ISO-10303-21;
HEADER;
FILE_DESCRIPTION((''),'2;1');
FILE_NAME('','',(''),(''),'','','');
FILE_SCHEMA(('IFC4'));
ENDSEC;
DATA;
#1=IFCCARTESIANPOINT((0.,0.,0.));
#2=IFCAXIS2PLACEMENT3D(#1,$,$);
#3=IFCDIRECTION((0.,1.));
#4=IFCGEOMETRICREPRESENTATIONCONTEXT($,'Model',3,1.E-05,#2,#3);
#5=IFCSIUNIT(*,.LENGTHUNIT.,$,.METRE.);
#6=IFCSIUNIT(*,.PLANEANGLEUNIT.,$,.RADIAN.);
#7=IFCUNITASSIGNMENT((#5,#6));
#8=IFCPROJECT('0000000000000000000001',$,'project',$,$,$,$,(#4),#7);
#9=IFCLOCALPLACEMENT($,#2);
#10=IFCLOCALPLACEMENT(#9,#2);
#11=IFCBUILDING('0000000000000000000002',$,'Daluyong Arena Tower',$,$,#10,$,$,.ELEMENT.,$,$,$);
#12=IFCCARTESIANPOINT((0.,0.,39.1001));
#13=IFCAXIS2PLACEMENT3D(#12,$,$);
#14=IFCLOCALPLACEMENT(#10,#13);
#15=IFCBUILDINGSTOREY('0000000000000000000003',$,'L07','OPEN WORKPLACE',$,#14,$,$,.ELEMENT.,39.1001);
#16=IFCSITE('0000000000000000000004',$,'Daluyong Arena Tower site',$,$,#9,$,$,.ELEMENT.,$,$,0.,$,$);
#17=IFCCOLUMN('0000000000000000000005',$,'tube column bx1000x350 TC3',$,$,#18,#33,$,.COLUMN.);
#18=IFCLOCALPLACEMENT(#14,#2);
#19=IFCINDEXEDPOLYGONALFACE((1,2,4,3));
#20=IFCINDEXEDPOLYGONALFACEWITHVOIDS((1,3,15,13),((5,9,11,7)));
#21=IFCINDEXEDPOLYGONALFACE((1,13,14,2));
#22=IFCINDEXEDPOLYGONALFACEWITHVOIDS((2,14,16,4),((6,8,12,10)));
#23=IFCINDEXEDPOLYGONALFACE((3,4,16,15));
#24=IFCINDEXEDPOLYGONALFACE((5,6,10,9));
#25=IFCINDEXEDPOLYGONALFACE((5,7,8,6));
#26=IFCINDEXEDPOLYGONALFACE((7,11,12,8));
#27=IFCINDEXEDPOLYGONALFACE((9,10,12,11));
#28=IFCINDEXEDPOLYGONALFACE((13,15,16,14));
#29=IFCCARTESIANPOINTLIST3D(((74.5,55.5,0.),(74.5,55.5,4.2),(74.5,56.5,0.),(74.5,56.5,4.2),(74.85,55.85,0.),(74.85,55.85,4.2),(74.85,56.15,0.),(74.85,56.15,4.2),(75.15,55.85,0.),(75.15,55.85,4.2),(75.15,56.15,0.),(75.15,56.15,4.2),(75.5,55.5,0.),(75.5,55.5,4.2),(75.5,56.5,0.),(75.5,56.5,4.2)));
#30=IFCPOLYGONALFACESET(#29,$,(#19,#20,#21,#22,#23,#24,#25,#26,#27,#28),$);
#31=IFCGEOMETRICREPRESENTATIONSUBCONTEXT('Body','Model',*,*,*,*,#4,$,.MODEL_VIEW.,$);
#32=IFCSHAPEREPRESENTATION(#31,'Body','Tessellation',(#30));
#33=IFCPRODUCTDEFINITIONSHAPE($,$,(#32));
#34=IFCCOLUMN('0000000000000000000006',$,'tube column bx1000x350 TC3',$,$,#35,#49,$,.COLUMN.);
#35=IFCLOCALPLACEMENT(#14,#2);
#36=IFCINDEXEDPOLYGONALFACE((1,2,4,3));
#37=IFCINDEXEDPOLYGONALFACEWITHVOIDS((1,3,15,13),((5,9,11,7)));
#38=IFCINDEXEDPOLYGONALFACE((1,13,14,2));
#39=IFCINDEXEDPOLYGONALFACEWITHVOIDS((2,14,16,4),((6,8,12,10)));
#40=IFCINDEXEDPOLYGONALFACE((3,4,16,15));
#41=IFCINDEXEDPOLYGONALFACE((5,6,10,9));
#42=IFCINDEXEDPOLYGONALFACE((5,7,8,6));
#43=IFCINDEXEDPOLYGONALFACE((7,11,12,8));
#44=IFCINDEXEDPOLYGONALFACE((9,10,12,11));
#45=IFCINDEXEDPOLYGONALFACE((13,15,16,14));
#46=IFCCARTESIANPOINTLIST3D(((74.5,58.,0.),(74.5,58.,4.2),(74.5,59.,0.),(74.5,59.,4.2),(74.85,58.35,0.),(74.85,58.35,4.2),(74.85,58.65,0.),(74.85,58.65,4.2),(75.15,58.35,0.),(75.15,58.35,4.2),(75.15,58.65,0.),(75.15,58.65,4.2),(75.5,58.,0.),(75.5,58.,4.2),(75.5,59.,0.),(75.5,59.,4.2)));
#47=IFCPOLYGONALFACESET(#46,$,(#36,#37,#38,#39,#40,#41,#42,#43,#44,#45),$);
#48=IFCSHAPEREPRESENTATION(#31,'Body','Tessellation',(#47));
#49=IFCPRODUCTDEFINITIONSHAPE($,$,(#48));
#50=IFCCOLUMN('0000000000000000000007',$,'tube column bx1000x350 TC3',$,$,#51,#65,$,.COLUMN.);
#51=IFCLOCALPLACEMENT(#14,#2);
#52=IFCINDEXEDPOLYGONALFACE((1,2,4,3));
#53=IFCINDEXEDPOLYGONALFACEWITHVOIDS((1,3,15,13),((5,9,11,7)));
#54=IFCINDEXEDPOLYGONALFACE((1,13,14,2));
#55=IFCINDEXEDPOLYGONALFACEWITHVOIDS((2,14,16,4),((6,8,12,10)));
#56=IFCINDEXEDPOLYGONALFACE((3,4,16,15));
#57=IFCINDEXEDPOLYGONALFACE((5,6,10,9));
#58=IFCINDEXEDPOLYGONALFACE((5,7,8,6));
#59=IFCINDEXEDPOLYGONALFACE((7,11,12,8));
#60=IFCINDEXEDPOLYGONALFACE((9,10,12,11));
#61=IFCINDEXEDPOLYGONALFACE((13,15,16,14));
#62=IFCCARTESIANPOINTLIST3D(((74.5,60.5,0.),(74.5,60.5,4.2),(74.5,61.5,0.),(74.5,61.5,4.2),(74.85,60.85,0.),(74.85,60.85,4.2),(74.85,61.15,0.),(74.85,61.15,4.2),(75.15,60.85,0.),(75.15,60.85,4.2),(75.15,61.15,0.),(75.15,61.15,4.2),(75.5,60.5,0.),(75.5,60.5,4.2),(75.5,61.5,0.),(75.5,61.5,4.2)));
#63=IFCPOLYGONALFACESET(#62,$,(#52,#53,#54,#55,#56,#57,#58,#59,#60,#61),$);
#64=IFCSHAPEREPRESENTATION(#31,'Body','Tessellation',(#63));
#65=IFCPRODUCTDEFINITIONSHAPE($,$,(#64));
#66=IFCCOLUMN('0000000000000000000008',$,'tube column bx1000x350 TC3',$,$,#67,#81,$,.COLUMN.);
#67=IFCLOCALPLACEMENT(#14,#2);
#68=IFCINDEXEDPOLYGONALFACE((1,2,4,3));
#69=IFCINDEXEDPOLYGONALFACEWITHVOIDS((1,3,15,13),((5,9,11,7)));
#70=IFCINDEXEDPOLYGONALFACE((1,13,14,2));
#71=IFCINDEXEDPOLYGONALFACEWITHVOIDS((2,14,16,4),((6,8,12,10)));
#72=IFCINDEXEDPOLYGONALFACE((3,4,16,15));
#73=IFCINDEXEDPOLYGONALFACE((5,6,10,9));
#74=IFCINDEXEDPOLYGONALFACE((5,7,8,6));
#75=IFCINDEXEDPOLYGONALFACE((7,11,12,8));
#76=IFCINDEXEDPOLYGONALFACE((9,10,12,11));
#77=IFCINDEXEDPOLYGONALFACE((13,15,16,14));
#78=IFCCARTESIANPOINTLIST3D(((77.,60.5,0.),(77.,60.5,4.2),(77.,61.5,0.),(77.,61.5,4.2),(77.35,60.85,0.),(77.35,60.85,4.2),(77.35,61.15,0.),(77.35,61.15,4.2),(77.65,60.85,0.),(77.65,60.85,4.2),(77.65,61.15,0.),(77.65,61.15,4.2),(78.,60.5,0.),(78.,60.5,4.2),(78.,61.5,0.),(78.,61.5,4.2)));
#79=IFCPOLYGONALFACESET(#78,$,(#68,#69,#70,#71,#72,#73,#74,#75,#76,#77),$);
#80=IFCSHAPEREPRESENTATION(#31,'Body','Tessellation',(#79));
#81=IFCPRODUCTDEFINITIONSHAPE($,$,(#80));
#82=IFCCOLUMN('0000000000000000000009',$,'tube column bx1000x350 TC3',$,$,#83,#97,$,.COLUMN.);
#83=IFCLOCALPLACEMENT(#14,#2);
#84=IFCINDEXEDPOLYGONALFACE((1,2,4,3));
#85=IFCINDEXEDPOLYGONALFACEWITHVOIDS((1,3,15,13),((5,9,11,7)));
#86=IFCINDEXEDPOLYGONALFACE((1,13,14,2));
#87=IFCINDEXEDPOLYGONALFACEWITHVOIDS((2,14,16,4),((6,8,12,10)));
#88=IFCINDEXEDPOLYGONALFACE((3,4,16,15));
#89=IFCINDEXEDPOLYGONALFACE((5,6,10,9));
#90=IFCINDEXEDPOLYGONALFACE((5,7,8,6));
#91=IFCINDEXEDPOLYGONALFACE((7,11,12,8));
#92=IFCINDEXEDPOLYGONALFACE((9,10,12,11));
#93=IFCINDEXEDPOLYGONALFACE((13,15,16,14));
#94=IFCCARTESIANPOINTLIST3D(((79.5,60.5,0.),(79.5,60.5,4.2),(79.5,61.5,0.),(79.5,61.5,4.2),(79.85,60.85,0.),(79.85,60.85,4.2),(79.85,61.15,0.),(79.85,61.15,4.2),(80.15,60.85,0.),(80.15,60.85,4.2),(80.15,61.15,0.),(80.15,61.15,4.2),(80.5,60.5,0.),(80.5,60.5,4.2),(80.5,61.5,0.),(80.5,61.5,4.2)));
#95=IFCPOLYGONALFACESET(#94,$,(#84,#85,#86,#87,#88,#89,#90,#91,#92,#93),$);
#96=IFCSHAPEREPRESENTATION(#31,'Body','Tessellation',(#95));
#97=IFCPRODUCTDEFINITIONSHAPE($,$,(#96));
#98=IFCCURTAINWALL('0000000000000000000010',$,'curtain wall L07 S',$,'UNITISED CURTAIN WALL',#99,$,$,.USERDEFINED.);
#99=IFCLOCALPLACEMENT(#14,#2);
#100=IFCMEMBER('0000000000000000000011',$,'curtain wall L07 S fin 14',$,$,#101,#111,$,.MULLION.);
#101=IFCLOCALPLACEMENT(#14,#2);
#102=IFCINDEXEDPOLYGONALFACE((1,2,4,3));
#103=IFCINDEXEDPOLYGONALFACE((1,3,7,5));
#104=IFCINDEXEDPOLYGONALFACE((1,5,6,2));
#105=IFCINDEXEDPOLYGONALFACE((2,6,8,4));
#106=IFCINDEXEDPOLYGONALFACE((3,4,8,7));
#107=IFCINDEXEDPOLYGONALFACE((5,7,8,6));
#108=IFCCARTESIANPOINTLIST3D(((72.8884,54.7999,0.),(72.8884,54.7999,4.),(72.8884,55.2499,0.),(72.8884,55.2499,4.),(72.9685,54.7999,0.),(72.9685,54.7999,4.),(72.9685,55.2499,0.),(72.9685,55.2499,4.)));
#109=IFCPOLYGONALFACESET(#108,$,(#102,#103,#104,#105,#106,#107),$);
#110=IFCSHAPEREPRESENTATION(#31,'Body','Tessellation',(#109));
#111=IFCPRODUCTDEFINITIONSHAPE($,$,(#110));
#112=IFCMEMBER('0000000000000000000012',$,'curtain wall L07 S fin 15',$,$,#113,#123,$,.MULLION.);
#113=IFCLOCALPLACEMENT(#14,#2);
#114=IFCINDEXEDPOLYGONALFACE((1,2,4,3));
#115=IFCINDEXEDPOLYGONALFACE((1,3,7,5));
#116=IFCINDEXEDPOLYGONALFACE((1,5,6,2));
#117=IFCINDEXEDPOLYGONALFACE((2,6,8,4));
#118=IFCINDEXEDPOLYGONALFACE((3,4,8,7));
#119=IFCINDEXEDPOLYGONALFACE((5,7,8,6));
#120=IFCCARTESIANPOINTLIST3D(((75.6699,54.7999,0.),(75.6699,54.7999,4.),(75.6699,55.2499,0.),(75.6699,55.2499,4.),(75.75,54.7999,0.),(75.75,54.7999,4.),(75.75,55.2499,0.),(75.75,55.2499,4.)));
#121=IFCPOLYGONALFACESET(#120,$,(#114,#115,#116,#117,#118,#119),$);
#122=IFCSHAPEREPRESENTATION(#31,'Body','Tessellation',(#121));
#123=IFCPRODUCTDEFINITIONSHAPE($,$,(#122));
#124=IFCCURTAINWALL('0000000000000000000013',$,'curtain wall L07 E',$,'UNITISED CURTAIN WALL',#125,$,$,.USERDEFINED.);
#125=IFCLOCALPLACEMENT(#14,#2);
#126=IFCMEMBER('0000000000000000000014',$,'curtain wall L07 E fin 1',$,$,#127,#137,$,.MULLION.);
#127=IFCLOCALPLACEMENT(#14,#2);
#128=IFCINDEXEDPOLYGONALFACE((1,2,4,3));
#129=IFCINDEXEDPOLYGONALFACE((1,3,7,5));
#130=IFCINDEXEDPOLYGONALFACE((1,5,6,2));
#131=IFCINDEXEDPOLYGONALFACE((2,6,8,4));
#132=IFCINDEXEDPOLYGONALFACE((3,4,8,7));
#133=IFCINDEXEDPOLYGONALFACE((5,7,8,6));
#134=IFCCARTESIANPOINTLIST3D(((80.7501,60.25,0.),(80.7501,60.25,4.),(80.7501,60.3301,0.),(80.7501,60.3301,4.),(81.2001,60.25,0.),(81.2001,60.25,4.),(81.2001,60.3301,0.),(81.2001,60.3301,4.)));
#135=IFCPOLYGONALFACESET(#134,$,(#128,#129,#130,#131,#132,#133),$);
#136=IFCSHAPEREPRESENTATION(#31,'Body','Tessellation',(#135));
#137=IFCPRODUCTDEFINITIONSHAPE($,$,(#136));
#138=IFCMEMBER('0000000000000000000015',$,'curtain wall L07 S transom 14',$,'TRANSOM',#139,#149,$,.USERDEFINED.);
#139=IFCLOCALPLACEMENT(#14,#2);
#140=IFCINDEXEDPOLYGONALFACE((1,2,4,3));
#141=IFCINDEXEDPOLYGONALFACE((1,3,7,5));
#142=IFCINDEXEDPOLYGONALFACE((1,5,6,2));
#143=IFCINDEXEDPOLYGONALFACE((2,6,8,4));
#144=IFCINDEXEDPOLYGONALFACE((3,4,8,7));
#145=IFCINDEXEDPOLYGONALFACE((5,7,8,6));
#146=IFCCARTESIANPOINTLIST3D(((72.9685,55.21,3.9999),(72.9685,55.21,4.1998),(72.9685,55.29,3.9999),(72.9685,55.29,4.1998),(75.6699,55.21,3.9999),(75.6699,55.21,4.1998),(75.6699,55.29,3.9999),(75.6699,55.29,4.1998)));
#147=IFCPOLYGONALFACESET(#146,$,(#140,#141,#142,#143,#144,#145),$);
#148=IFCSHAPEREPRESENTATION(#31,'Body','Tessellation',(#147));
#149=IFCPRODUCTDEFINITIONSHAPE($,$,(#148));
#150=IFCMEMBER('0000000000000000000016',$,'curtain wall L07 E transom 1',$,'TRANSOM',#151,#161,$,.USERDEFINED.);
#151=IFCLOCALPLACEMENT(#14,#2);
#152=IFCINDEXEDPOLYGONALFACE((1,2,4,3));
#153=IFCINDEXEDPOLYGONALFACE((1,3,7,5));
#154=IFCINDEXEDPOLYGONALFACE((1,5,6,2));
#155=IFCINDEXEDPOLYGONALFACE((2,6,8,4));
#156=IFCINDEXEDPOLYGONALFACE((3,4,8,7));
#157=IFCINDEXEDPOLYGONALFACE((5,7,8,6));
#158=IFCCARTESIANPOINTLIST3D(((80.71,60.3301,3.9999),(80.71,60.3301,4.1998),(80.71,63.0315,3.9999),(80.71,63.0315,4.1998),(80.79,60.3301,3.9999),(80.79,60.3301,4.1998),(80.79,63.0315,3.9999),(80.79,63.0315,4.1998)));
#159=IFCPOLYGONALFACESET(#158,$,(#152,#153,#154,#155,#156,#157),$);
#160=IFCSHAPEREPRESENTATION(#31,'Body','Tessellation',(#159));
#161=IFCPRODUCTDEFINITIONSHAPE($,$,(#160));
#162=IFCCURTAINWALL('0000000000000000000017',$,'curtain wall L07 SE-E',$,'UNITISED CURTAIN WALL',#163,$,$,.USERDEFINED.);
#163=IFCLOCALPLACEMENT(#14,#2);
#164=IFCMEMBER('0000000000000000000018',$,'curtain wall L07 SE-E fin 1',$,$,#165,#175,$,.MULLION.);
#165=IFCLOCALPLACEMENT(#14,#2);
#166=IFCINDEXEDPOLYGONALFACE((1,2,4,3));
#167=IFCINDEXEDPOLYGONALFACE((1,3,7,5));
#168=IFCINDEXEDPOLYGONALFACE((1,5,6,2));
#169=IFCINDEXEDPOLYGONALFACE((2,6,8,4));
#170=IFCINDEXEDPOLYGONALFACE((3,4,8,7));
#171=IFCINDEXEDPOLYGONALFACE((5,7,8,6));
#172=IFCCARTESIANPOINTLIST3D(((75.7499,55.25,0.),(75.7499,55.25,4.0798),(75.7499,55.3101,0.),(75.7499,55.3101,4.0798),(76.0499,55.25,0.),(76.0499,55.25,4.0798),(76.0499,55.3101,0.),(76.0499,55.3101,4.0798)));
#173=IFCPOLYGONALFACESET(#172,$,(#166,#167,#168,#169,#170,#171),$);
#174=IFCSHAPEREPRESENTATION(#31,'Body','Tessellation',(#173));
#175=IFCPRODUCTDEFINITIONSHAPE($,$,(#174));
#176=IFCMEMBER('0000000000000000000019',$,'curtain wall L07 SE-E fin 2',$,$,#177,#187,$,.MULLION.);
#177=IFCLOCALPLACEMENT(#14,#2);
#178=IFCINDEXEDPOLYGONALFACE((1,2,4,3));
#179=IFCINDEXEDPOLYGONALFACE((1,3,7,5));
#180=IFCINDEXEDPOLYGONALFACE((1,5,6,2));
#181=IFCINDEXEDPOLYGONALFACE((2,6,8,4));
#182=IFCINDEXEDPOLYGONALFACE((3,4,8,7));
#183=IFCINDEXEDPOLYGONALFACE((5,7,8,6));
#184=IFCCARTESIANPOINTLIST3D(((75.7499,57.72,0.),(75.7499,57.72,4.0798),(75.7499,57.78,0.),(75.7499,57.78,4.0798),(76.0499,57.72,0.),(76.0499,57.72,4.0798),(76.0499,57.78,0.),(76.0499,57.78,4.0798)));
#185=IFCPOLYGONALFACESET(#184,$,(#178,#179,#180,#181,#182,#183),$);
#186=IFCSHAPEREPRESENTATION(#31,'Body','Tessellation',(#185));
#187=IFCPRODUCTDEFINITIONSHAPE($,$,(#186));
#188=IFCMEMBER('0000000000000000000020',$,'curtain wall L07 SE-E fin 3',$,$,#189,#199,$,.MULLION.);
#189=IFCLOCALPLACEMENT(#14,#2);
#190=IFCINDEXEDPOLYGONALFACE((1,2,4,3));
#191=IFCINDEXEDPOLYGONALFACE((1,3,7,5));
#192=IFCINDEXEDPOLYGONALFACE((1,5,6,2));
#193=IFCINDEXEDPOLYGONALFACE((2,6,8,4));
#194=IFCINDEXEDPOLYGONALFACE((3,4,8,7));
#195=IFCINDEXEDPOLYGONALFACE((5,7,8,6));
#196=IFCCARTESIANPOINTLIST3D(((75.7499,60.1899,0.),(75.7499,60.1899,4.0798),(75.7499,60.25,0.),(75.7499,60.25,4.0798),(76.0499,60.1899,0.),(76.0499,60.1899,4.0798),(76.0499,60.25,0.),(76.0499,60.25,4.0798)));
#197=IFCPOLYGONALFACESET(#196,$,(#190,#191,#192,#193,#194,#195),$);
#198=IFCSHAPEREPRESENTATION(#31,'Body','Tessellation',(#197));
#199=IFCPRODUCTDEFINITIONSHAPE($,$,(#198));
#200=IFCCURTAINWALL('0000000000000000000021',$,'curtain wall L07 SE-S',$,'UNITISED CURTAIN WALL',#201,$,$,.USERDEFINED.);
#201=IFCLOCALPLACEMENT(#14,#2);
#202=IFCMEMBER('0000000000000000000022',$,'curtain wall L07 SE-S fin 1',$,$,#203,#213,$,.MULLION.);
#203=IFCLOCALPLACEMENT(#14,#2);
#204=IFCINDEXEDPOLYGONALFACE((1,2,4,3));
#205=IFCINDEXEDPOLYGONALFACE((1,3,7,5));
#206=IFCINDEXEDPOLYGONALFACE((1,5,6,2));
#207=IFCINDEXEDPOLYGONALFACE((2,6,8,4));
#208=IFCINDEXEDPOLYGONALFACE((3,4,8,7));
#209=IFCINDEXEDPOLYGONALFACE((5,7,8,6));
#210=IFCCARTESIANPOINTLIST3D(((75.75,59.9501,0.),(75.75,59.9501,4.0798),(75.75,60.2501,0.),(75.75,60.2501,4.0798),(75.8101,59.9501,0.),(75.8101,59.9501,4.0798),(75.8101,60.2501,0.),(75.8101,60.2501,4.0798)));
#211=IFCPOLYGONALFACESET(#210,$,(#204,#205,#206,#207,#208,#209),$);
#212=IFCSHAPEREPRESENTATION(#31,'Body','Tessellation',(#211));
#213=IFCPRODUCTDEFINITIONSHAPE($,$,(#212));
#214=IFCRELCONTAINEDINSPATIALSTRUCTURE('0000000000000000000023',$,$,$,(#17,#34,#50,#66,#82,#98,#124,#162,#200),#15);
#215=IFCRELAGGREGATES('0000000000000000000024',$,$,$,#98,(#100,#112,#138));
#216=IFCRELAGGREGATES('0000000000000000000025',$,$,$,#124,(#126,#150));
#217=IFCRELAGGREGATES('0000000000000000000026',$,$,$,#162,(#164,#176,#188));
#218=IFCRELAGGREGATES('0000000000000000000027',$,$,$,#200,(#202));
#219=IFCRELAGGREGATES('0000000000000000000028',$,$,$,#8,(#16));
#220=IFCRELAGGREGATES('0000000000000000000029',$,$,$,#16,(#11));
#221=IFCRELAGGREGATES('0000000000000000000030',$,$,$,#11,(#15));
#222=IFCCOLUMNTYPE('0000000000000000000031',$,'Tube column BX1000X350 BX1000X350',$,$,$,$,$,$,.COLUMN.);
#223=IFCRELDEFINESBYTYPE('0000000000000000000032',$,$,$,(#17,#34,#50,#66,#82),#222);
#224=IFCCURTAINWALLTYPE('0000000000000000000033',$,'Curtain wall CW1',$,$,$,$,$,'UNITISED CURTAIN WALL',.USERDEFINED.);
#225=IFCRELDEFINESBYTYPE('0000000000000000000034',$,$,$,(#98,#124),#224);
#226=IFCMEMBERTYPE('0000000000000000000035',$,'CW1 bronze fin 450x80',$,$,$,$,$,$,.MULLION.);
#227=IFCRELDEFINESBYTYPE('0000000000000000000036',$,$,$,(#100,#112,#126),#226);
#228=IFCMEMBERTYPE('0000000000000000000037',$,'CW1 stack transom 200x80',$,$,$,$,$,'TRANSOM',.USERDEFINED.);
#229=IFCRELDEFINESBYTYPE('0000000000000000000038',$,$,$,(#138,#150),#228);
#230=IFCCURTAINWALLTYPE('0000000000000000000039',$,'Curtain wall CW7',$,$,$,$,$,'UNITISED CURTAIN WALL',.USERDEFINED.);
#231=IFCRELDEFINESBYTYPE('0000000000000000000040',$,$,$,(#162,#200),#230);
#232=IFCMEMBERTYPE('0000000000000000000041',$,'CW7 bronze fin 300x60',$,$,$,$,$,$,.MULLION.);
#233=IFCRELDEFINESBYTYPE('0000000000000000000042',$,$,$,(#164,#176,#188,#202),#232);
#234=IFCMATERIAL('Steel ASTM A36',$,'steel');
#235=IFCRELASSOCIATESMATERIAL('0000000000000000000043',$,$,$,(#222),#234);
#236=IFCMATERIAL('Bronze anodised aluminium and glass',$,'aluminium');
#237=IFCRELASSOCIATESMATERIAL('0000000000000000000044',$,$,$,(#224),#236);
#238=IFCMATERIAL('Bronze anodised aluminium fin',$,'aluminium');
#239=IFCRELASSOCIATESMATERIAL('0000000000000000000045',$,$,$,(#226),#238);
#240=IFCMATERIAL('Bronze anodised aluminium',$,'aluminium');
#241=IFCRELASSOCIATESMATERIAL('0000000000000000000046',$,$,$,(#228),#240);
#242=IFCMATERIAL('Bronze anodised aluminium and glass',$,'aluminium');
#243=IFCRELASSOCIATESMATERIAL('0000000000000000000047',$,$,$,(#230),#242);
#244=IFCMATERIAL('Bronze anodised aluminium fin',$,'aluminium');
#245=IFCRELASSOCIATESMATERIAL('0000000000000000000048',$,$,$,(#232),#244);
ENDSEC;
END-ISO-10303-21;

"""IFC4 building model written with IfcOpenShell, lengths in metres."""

from ifc_helpers import new_model, si_unit, direction, frame, origin, origin_2d, place, context, subcontext, project, spatial, rectangle, hollow_rectangle, extrude, material, material_profile, profile_set, type_object, element, aggregate, save


model = new_model("IFC4")

# Units and contexts
model_context = context("Model", 3, precision=1e-05, world=origin(), true_north=direction((0.0, 1.0)))
body_context = subcontext(model_context, "Body", "Model", "MODEL_VIEW")
ifc_project = project(units=[si_unit("LENGTHUNIT", "METRE"), si_unit("PLANEANGLEUNIT", "RADIAN")], contexts=[model_context])

# Site, building, storey
site_placement = place(None, origin())
site = spatial("IfcSite", under=ifc_project, at=site_placement, Name="Daluyong Arena Tower site", CompositionType="ELEMENT", RefElevation=0.0)
building_placement = place(site_placement, origin())
building = spatial("IfcBuilding", under=site, at=building_placement, Name="Daluyong Arena Tower", CompositionType="ELEMENT")
storey_placement = place(building_placement, frame((0.0, 0.0, 39.1001)))
storey = spatial("IfcBuildingStorey", under=building, at=storey_placement, Name="L07", Description="OPEN WORKPLACE", CompositionType="ELEMENT", Elevation=39.1001)

# Columns
ifc_material_1 = material(Name="Steel ASTM A36", Category="steel")
ifc_material_profile_1 = material_profile(ifc_material_1, hollow_rectangle(XDim=1.0, YDim=1.0, WallThickness=0.35, at=origin_2d()))
ifc_profile_set_1 = profile_set([ifc_material_profile_1], Name="Steel ASTM A36")
column_type = type_object("IfcColumnType", Name="Tube column BX1000X350 BX1000X350", PredefinedType="COLUMN", material=ifc_profile_set_1)
for number, where, z_axis, x_axis, name in (
    (1, (75.0, 56.0, 0.0), (0.0, 0.0, 1.0), (0.0, 1.0, 0.0), "tube column bx1000x350 TC3"),
    (2, (75.0, 58.5, 0.0), (0.0, 0.0, 1.0), (0.0, 1.0, 0.0), "tube column bx1000x350 TC3"),
    (3, (75.0, 61.0, 0.0), (0.0, 0.0, 1.0), (1.0, 0.0, 0.0), "tube column bx1000x350 TC3"),
    (4, (77.5, 61.0, 0.0), (0.0, 0.0, 1.0), (1.0, 0.0, 0.0), "tube column bx1000x350 TC3"),
    (5, (80.0, 61.0, 0.0), (0.0, 0.0, 1.0), (0.0, 1.0, 0.0), "tube column bx1000x350 TC3"),
):
    element("IfcColumn", number, at=place(storey_placement, frame(where, z_axis=z_axis, x_axis=x_axis)), inside=storey, type_object=column_type, Name=name, PredefinedType="COLUMN", context=body_context, shape_type="SweptSolid", body=[
        extrude(hollow_rectangle(XDim=1.0, YDim=1.0, WallThickness=0.35, at=origin_2d()), origin(), (0.0, 0.0, 1.0), 4.2),
    ])

# Curtain wall, members
ifc_material_2 = material(Name="Bronze anodised aluminium and glass", Category="aluminium")
curtain_wall_type_1 = type_object("IfcCurtainWallType", Name="Curtain wall CW1", ElementType="UNITISED CURTAIN WALL", PredefinedType="USERDEFINED", material=ifc_material_2)
curtain_wall_1_placement = place(storey_placement, origin())
curtain_wall_1 = element("IfcCurtainWall", 6, at=curtain_wall_1_placement, inside=storey, type_object=curtain_wall_type_1, Name="curtain wall L07 S", ObjectType="UNITISED CURTAIN WALL", PredefinedType="USERDEFINED")
ifc_material_3 = material(Name="Bronze anodised aluminium fin", Category="aluminium")
ifc_material_profile_2 = material_profile(ifc_material_3, rectangle(XDim=0.45, YDim=0.0801, at=origin_2d()))
ifc_profile_set_2 = profile_set([ifc_material_profile_2], Name="Bronze anodised aluminium fin")
member_type_1 = type_object("IfcMemberType", Name="CW1 bronze fin 450x80", PredefinedType="MULLION", material=ifc_profile_set_2)
member_1_placement = place(storey_placement, frame((72.9285, 55.0249, 0.0), z_axis=(0.0, 0.0, 1.0), x_axis=(0.0, 1.0, 0.0)))
member_1 = element("IfcMember", 7, at=member_1_placement, type_object=member_type_1, Name="curtain wall L07 S fin 14", PredefinedType="MULLION", context=body_context, shape_type="SweptSolid", body=[
    extrude(rectangle(XDim=0.45, YDim=0.0801, at=origin_2d()), origin(), (0.0, 0.0, 1.0), 4.0),
])
member_2_placement = place(storey_placement, frame((75.71, 55.0249, 0.0), z_axis=(0.0, 0.0, 1.0), x_axis=(0.0, 1.0, 0.0)))
member_2 = element("IfcMember", 8, at=member_2_placement, type_object=member_type_1, Name="curtain wall L07 S fin 15", PredefinedType="MULLION", context=body_context, shape_type="SweptSolid", body=[
    extrude(rectangle(XDim=0.45, YDim=0.0801, at=origin_2d()), origin(), (0.0, 0.0, 1.0), 4.0),
])

# Curtain wall, member
curtain_wall_2_placement = place(storey_placement, origin())
curtain_wall_2 = element("IfcCurtainWall", 9, at=curtain_wall_2_placement, inside=storey, type_object=curtain_wall_type_1, Name="curtain wall L07 E", ObjectType="UNITISED CURTAIN WALL", PredefinedType="USERDEFINED")
member_3_placement = place(storey_placement, frame((80.9751, 60.29, 0.0), z_axis=(0.0, 0.0, 1.0), x_axis=(-1.0, 0.0, 0.0)))
member_3 = element("IfcMember", 10, at=member_3_placement, type_object=member_type_1, Name="curtain wall L07 E fin 1", PredefinedType="MULLION", context=body_context, shape_type="SweptSolid", body=[
    extrude(rectangle(XDim=0.45, YDim=0.0801, at=origin_2d()), origin(), (0.0, 0.0, 1.0), 4.0),
])

# Members
ifc_material_4 = material(Name="Bronze anodised aluminium", Category="aluminium")
ifc_material_profile_3 = material_profile(ifc_material_4, rectangle(XDim=0.0801, YDim=0.2, at=origin_2d()))
ifc_profile_set_3 = profile_set([ifc_material_profile_3], Name="Bronze anodised aluminium")
member_type_2 = type_object("IfcMemberType", Name="CW1 stack transom 200x80", ElementType="TRANSOM", PredefinedType="USERDEFINED", material=ifc_profile_set_3)
member_4_placement = place(storey_placement, frame((72.9685, 55.25, 4.0999), z_axis=(1.0, 0.0, 0.0), x_axis=(0.0, 1.0, 0.0)))
member_4 = element("IfcMember", 11, at=member_4_placement, type_object=member_type_2, Name="curtain wall L07 S transom 14", ObjectType="TRANSOM", PredefinedType="USERDEFINED", context=body_context, shape_type="SweptSolid", body=[
    extrude(rectangle(XDim=0.0801, YDim=0.2, at=origin_2d()), origin(), (0.0, 0.0, 1.0), 2.7014),
])
member_5_placement = place(storey_placement, frame((80.75, 60.3301, 4.0999), z_axis=(0.0, 1.0, 0.0), x_axis=(-1.0, 0.0, 0.0)))
member_5 = element("IfcMember", 12, at=member_5_placement, type_object=member_type_2, Name="curtain wall L07 E transom 1", ObjectType="TRANSOM", PredefinedType="USERDEFINED", context=body_context, shape_type="SweptSolid", body=[
    extrude(rectangle(XDim=0.0801, YDim=0.2, at=origin_2d()), origin(), (0.0, 0.0, 1.0), 2.7014),
])

# Curtain walls, members
ifc_material_5 = material(Name="Bronze anodised aluminium and glass", Category="aluminium")
curtain_wall_type_2 = type_object("IfcCurtainWallType", Name="Curtain wall CW7", ElementType="UNITISED CURTAIN WALL", PredefinedType="USERDEFINED", material=ifc_material_5)
curtain_wall_3_placement = place(storey_placement, origin())
curtain_wall_3 = element("IfcCurtainWall", 13, at=curtain_wall_3_placement, inside=storey, type_object=curtain_wall_type_2, Name="curtain wall L07 SE-E", ObjectType="UNITISED CURTAIN WALL", PredefinedType="USERDEFINED")
ifc_material_6 = material(Name="Bronze anodised aluminium fin", Category="aluminium")
ifc_material_profile_4 = material_profile(ifc_material_6, rectangle(XDim=0.3, YDim=0.0601, at=origin_2d()))
ifc_profile_set_4 = profile_set([ifc_material_profile_4], Name="Bronze anodised aluminium fin")
member_type_3 = type_object("IfcMemberType", Name="CW7 bronze fin 300x60", PredefinedType="MULLION", material=ifc_profile_set_4)
member_6_placement = place(storey_placement, frame((75.8999, 55.28, 0.0), z_axis=(0.0, 0.0, 1.0), x_axis=(-1.0, 0.0, 0.0)))
member_6 = element("IfcMember", 14, at=member_6_placement, type_object=member_type_3, Name="curtain wall L07 SE-E fin 1", PredefinedType="MULLION", context=body_context, shape_type="SweptSolid", body=[
    extrude(rectangle(XDim=0.3, YDim=0.0601, at=origin_2d()), origin(), (0.0, 0.0, 1.0), 4.0798),
])
member_7_placement = place(storey_placement, frame((75.8999, 57.75, 0.0), z_axis=(0.0, 0.0, 1.0), x_axis=(-1.0, 0.0, 0.0)))
member_7 = element("IfcMember", 15, at=member_7_placement, type_object=member_type_3, Name="curtain wall L07 SE-E fin 2", PredefinedType="MULLION", context=body_context, shape_type="SweptSolid", body=[
    extrude(rectangle(XDim=0.3, YDim=0.0601, at=origin_2d()), origin(), (0.0, 0.0, 1.0), 4.0798),
])
member_8_placement = place(storey_placement, frame((75.8999, 60.22, 0.0), z_axis=(0.0, 0.0, 1.0), x_axis=(-1.0, 0.0, 0.0)))
member_8 = element("IfcMember", 16, at=member_8_placement, type_object=member_type_3, Name="curtain wall L07 SE-E fin 3", PredefinedType="MULLION", context=body_context, shape_type="SweptSolid", body=[
    extrude(rectangle(XDim=0.3, YDim=0.0601, at=origin_2d()), origin(), (0.0, 0.0, 1.0), 4.0798),
])
curtain_wall_4_placement = place(storey_placement, origin())
curtain_wall_4 = element("IfcCurtainWall", 17, at=curtain_wall_4_placement, inside=storey, type_object=curtain_wall_type_2, Name="curtain wall L07 SE-S", ObjectType="UNITISED CURTAIN WALL", PredefinedType="USERDEFINED")
member_9_placement = place(storey_placement, frame((75.78, 60.1001, 0.0), z_axis=(0.0, 0.0, 1.0), x_axis=(0.0, 1.0, 0.0)))
member_9 = element("IfcMember", 18, at=member_9_placement, type_object=member_type_3, Name="curtain wall L07 SE-S fin 1", PredefinedType="MULLION", context=body_context, shape_type="SweptSolid", body=[
    extrude(rectangle(XDim=0.3, YDim=0.0601, at=origin_2d()), origin(), (0.0, 0.0, 1.0), 4.0798),
])

aggregate(curtain_wall_1, [member_1, member_2, member_4])
aggregate(curtain_wall_2, [member_3, member_5])
aggregate(curtain_wall_3, [member_6, member_7, member_8])
aggregate(curtain_wall_4, [member_9])

save(model, "model.ifc")
